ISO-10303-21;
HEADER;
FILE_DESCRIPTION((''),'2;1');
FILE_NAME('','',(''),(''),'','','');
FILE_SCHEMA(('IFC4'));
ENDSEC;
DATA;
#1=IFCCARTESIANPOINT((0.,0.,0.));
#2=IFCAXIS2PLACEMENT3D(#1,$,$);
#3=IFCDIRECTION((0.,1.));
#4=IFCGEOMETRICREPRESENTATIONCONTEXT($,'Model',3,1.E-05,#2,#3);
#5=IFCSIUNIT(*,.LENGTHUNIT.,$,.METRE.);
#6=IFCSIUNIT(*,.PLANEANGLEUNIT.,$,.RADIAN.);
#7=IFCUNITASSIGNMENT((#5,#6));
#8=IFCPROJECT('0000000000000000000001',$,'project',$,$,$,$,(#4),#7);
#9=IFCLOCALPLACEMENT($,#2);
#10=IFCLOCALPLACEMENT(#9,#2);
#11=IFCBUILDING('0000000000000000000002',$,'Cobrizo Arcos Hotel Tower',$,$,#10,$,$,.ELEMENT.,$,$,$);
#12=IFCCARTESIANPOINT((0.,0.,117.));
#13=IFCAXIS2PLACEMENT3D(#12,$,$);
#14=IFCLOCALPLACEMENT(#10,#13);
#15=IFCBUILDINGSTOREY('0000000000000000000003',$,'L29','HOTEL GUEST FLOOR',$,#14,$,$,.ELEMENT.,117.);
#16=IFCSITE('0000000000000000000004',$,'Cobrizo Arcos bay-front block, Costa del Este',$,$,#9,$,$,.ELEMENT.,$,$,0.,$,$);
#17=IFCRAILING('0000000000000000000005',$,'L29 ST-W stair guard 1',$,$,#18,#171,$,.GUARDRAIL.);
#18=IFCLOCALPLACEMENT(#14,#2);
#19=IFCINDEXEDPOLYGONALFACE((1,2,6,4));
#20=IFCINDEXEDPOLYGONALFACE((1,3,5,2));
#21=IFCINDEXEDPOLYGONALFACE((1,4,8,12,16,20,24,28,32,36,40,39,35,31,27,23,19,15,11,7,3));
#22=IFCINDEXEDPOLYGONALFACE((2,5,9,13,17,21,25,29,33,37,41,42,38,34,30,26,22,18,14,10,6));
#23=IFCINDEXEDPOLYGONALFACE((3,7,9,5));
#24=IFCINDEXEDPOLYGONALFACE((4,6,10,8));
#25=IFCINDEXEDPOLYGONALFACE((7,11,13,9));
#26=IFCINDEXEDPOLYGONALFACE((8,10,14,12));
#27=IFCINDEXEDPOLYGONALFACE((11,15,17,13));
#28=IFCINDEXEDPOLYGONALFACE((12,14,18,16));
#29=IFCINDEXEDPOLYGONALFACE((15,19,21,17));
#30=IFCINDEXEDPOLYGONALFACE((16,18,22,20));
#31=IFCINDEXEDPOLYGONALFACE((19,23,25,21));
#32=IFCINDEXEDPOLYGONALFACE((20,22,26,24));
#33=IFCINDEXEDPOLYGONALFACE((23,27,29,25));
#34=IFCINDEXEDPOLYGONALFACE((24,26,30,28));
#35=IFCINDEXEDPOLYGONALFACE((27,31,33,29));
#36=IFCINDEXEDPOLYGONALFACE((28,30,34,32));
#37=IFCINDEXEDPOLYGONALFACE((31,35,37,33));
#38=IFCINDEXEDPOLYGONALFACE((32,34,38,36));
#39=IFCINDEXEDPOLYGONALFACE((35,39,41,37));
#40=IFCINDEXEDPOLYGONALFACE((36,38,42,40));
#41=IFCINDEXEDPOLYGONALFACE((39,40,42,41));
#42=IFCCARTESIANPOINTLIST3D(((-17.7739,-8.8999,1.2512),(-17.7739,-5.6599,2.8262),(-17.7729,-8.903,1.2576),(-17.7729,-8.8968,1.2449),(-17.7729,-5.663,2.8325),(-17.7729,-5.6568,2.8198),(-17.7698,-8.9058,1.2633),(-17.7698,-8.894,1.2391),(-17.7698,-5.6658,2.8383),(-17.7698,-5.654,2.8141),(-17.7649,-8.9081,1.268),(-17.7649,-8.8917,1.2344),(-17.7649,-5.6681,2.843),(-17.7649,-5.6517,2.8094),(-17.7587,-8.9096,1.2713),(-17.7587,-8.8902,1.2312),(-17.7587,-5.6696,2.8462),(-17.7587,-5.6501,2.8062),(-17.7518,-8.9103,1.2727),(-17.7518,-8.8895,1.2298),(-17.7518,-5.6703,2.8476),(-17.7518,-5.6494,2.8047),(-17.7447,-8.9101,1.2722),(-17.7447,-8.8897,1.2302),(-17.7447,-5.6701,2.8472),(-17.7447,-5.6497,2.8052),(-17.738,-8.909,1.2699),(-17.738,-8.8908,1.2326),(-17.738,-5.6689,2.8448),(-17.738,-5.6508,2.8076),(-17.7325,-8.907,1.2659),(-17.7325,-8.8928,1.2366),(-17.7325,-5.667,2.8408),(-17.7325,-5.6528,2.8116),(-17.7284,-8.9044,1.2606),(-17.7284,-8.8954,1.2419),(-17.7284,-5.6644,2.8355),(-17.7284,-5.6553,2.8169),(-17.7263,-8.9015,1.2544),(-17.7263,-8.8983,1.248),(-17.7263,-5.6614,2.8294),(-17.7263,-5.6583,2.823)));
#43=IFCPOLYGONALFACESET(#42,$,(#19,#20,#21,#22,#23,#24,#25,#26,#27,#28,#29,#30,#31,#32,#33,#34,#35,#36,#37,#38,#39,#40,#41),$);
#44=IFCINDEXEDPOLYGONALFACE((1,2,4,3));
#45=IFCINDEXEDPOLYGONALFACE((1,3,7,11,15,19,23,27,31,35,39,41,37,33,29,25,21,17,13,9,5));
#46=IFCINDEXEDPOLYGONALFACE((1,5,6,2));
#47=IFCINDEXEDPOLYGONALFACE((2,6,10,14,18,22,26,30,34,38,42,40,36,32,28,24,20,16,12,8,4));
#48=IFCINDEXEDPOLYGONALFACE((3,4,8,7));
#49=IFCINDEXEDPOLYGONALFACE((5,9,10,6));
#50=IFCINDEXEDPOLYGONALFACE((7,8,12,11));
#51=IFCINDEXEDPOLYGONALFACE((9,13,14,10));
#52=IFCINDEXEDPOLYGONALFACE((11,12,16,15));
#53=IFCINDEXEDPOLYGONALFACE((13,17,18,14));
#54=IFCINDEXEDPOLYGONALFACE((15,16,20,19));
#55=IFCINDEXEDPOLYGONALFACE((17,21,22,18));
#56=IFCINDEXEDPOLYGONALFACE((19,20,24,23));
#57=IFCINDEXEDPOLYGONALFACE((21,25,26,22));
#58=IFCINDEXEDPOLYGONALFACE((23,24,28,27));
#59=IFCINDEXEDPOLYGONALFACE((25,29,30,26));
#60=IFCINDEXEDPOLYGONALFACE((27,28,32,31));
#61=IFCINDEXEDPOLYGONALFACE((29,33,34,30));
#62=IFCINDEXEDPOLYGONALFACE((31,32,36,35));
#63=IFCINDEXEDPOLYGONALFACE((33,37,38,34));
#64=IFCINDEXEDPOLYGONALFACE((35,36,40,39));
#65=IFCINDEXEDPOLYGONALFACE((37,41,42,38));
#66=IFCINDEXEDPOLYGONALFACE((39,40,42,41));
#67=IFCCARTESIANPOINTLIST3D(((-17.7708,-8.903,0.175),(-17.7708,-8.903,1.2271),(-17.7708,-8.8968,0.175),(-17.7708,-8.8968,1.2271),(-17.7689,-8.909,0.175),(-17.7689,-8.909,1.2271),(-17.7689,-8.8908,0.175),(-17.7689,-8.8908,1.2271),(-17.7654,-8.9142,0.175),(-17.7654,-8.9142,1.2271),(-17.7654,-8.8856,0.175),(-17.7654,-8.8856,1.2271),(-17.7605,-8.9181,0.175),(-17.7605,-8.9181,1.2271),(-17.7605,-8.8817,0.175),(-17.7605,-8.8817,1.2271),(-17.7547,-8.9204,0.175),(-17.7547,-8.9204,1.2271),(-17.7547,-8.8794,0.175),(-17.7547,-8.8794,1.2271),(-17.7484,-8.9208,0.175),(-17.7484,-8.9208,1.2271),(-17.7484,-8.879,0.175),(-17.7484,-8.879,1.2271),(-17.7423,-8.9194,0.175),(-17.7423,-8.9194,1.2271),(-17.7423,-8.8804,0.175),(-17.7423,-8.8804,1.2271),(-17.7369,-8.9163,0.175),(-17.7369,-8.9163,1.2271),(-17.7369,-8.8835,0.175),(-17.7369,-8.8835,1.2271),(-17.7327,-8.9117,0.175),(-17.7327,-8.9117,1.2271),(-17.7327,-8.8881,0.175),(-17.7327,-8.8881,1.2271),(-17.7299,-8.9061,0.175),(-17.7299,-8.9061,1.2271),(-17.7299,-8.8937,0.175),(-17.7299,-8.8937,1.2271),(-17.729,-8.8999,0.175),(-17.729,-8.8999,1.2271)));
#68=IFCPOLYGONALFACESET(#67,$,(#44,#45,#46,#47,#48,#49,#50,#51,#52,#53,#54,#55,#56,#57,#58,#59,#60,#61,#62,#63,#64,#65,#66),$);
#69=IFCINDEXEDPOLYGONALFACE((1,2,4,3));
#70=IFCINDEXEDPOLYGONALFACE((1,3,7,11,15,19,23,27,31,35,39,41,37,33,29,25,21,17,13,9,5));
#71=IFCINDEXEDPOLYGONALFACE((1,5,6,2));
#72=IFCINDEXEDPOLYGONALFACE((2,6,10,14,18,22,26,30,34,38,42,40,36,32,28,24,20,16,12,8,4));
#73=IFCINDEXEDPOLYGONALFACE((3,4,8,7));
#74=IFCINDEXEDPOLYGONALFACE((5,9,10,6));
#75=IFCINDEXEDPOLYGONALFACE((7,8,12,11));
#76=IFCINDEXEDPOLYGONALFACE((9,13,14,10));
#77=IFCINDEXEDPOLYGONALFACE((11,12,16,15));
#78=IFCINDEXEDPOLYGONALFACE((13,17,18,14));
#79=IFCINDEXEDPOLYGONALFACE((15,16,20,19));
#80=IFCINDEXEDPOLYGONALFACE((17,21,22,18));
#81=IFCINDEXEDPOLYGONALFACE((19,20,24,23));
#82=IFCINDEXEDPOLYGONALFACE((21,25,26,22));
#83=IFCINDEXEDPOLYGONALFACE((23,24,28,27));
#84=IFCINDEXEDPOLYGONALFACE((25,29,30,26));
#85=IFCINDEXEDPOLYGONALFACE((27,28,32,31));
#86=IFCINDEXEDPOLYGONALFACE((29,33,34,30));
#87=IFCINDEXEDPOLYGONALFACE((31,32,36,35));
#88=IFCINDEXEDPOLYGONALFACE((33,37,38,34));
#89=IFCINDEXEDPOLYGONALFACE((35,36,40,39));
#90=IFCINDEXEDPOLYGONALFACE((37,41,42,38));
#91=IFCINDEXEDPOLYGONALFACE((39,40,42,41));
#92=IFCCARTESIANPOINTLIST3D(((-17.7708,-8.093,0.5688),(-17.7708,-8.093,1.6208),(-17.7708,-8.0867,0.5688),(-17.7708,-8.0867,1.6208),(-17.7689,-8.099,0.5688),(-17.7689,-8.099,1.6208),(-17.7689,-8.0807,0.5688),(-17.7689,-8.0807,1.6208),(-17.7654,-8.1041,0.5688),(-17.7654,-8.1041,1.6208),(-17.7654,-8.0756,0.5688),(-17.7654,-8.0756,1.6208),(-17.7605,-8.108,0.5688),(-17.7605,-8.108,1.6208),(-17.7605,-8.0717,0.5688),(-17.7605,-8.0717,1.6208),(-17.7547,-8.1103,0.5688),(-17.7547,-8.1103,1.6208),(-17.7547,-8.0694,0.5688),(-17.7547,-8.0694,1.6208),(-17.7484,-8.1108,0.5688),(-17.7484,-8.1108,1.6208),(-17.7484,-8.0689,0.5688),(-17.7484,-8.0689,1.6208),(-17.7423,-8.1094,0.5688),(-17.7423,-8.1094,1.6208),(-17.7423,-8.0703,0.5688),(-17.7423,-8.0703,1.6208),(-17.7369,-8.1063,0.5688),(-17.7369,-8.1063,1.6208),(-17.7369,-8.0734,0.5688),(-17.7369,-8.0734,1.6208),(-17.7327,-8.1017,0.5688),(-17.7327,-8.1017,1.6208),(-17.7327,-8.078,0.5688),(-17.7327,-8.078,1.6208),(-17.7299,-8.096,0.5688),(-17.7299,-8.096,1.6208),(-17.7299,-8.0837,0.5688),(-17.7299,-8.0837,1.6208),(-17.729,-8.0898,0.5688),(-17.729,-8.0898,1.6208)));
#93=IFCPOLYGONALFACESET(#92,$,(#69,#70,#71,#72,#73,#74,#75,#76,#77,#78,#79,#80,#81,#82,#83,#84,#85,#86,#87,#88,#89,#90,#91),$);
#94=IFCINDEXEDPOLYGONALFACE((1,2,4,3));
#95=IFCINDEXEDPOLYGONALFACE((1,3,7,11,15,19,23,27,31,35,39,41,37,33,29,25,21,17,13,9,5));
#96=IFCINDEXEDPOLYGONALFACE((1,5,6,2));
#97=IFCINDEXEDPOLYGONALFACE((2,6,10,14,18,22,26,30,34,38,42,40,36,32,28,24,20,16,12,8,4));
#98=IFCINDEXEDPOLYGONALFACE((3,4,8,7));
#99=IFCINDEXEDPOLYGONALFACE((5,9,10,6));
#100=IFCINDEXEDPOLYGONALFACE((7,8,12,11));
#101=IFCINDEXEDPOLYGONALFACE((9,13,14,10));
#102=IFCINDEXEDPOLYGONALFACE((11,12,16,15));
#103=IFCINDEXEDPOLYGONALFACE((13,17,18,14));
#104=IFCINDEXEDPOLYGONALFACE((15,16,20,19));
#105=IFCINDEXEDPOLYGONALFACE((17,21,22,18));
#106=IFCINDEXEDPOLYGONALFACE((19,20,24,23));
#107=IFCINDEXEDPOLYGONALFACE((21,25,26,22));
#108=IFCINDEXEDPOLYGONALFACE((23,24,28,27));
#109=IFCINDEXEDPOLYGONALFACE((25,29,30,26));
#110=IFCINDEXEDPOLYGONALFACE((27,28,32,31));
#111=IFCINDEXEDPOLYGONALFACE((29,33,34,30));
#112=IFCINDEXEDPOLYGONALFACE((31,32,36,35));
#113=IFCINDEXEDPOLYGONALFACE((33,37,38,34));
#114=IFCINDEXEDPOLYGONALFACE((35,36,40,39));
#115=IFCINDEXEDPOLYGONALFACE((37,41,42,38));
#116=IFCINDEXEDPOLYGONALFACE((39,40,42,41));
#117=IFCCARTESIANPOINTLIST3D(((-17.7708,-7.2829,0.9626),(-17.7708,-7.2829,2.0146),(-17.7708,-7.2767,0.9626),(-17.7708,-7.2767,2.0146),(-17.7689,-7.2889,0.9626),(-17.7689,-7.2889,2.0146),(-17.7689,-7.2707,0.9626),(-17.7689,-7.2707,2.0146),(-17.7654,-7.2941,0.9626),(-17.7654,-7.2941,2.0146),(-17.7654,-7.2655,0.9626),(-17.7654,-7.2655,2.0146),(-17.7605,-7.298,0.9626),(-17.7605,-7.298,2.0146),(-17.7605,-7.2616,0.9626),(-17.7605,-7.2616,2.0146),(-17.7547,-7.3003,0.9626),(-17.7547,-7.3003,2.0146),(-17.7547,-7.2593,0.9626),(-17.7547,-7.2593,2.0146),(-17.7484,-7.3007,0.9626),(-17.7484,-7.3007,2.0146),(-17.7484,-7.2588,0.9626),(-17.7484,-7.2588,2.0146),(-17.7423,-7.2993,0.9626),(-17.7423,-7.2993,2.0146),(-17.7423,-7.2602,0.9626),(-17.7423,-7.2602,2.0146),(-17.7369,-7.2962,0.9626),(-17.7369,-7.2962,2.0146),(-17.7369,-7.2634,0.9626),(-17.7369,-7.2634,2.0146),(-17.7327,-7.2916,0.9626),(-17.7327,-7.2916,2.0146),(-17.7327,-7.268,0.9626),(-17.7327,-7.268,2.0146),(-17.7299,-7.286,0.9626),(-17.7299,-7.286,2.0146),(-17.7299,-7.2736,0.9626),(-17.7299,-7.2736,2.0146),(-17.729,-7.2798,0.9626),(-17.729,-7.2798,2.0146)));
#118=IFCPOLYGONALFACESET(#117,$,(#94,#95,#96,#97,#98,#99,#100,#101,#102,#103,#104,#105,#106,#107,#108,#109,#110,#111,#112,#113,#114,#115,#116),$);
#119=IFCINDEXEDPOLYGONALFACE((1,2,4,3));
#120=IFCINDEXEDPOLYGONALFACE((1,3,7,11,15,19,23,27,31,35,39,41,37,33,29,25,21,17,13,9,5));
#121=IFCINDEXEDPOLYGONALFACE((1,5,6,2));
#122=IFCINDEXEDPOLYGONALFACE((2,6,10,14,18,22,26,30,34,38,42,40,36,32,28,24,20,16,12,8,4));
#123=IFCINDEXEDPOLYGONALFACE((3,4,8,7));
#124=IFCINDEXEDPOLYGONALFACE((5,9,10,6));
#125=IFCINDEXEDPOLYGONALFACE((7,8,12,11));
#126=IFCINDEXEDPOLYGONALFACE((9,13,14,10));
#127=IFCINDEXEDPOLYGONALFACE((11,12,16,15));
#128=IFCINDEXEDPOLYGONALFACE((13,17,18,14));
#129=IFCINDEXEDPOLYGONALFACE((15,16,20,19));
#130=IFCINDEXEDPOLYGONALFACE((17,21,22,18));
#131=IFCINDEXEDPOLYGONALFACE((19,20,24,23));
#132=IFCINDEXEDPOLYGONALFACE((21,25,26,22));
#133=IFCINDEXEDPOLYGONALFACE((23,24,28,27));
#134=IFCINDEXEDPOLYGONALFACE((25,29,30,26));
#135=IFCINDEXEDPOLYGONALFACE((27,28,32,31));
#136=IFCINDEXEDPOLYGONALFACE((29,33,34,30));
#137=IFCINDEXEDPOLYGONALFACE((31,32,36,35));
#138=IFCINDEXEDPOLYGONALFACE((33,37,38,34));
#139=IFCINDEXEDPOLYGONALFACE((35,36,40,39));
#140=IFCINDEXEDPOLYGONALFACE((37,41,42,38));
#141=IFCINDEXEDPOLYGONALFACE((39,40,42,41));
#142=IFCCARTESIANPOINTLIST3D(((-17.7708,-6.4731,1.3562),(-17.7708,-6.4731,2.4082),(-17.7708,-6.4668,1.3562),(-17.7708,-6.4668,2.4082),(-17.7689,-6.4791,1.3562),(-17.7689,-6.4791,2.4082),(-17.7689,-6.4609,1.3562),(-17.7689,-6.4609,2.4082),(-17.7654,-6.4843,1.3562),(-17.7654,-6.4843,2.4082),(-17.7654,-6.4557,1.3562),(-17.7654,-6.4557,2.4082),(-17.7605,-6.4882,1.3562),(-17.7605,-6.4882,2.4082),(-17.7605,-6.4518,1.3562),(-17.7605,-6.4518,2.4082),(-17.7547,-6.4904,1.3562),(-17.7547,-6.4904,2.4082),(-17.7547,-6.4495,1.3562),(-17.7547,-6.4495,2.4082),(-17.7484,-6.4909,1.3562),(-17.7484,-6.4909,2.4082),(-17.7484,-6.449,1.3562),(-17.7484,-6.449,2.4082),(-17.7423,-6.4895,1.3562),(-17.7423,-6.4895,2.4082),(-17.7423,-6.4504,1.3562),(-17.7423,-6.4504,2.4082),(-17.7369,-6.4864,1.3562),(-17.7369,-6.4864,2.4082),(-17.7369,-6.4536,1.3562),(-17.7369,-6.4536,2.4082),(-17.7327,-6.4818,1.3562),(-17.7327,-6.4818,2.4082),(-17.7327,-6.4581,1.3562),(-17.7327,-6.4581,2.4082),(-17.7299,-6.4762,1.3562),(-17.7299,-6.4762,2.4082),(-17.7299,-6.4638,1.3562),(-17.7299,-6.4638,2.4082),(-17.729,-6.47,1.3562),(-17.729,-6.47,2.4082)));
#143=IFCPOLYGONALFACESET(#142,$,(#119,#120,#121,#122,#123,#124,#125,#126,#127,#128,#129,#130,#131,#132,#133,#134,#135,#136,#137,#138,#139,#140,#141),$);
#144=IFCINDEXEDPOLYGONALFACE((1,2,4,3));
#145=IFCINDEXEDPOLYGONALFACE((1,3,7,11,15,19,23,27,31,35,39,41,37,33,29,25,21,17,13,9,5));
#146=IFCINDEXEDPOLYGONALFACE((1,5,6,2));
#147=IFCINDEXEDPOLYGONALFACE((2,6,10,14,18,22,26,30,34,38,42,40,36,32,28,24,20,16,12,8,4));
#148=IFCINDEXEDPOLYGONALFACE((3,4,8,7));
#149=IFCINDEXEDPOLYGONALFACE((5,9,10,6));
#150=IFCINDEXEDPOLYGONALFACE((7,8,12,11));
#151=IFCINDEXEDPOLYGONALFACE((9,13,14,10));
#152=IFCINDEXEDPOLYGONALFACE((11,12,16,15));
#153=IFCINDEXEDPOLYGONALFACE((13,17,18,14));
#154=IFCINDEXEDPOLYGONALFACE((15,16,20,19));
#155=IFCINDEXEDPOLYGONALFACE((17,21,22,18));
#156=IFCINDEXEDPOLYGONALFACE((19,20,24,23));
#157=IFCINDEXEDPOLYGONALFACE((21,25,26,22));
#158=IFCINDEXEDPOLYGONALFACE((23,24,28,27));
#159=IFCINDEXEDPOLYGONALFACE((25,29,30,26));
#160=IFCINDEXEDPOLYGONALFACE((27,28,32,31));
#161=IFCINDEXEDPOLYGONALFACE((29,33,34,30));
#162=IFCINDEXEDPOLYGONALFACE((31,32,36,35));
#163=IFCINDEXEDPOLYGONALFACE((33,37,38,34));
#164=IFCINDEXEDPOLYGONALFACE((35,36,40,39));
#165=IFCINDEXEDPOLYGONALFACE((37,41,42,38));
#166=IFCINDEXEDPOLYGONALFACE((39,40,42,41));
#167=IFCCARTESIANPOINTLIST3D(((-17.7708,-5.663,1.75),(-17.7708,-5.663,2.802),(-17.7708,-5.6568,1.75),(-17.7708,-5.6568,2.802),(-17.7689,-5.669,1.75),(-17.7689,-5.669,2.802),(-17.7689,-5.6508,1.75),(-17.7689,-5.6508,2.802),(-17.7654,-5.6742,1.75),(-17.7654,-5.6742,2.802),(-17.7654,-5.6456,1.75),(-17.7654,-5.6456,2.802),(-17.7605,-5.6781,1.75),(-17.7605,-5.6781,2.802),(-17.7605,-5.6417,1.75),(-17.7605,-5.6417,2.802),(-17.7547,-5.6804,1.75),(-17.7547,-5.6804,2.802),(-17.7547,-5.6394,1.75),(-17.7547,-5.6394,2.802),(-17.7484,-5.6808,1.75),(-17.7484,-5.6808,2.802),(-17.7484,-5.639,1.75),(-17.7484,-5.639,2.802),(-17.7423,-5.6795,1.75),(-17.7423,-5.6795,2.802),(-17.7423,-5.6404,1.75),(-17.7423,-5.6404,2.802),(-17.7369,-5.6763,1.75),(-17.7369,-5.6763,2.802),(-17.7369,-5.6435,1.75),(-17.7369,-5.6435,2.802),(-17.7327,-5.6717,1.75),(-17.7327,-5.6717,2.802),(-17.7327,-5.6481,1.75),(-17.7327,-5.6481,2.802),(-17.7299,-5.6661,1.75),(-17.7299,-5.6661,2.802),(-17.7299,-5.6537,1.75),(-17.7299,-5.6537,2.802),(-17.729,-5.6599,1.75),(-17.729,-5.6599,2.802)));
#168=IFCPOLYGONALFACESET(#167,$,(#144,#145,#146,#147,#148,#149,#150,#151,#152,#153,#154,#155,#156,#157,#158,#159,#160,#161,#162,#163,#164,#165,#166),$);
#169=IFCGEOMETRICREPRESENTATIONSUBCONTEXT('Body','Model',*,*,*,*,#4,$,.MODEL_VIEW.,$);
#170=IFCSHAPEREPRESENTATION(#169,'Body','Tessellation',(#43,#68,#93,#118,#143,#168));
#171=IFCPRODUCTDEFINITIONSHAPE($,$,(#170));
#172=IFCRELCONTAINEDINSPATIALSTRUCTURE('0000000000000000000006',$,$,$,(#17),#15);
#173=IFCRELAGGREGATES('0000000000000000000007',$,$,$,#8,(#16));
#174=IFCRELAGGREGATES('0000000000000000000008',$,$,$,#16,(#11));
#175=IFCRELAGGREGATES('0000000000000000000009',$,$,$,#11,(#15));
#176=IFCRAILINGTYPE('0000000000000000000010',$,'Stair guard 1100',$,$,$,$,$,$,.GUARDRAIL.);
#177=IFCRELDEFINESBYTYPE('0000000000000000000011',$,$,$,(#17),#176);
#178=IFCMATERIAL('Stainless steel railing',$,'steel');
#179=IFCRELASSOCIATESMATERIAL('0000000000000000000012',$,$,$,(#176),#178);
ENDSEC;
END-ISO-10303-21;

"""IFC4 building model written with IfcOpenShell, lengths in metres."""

from ifc_helpers import new_model, si_unit, direction, frame, origin, origin_2d, place, context, subcontext, project, spatial, circle, extrude, material, type_object, element, save


model = new_model("IFC4")

# Units and contexts
model_context = context("Model", 3, precision=1e-05, world=origin(), true_north=direction((0.0, 1.0)))
body_context = subcontext(model_context, "Body", "Model", "MODEL_VIEW")
ifc_project = project(units=[si_unit("LENGTHUNIT", "METRE"), si_unit("PLANEANGLEUNIT", "RADIAN")], contexts=[model_context])

# Site, building, storey
site_placement = place(None, origin())
site = spatial("IfcSite", under=ifc_project, at=site_placement, Name="Cobrizo Arcos bay-front block, Costa del Este", CompositionType="ELEMENT", RefElevation=0.0)
building_placement = place(site_placement, origin())
building = spatial("IfcBuilding", under=site, at=building_placement, Name="Cobrizo Arcos Hotel Tower", CompositionType="ELEMENT")
storey_placement = place(building_placement, frame((0.0, 0.0, 117.0)))
storey = spatial("IfcBuildingStorey", under=building, at=storey_placement, Name="L29", Description="HOTEL GUEST FLOOR", CompositionType="ELEMENT", Elevation=117.0)

# Railing
ifc_material_1 = material(Name="Stainless steel railing", Category="steel")
railing_type_1 = type_object("IfcRailingType", Name="Stair guard 1100", PredefinedType="GUARDRAIL", material=ifc_material_1)
railing_1_placement = place(storey_placement, frame((-17.75, -8.8999, 0.175)))
element("IfcRailing", 1, at=railing_1_placement, inside=storey, type_object=railing_type_1, Name="L29 ST-W stair guard 1", PredefinedType="GUARDRAIL", context=body_context, shape_type="SweptSolid", body=[
    extrude(circle(Radius=0.0239, at=origin_2d()), frame((0.0, 0.0, 1.0762), z_axis=(0.0, 0.899373, 0.437183), x_axis=(-1.0, 0.0, 0.0)), (0.0, 0.0, 1.0), 3.6025),
    extrude(circle(Radius=0.021, at=origin_2d()), origin(), (0.0, 0.0, 1.0), 1.052),
    extrude(circle(Radius=0.021, at=origin_2d()), frame((0.0, 0.8101, 0.3938)), (0.0, 0.0, 1.0), 1.052),
    extrude(circle(Radius=0.021, at=origin_2d()), frame((0.0, 1.6201, 0.7876)), (0.0, 0.0, 1.0), 1.052),
    extrude(circle(Radius=0.021, at=origin_2d()), frame((0.0, 2.4299, 1.1812)), (0.0, 0.0, 1.0), 1.052),
    extrude(circle(Radius=0.021, at=origin_2d()), frame((0.0, 3.24, 1.575)), (0.0, 0.0, 1.0), 1.052),
])

save(model, "model.ifc")
